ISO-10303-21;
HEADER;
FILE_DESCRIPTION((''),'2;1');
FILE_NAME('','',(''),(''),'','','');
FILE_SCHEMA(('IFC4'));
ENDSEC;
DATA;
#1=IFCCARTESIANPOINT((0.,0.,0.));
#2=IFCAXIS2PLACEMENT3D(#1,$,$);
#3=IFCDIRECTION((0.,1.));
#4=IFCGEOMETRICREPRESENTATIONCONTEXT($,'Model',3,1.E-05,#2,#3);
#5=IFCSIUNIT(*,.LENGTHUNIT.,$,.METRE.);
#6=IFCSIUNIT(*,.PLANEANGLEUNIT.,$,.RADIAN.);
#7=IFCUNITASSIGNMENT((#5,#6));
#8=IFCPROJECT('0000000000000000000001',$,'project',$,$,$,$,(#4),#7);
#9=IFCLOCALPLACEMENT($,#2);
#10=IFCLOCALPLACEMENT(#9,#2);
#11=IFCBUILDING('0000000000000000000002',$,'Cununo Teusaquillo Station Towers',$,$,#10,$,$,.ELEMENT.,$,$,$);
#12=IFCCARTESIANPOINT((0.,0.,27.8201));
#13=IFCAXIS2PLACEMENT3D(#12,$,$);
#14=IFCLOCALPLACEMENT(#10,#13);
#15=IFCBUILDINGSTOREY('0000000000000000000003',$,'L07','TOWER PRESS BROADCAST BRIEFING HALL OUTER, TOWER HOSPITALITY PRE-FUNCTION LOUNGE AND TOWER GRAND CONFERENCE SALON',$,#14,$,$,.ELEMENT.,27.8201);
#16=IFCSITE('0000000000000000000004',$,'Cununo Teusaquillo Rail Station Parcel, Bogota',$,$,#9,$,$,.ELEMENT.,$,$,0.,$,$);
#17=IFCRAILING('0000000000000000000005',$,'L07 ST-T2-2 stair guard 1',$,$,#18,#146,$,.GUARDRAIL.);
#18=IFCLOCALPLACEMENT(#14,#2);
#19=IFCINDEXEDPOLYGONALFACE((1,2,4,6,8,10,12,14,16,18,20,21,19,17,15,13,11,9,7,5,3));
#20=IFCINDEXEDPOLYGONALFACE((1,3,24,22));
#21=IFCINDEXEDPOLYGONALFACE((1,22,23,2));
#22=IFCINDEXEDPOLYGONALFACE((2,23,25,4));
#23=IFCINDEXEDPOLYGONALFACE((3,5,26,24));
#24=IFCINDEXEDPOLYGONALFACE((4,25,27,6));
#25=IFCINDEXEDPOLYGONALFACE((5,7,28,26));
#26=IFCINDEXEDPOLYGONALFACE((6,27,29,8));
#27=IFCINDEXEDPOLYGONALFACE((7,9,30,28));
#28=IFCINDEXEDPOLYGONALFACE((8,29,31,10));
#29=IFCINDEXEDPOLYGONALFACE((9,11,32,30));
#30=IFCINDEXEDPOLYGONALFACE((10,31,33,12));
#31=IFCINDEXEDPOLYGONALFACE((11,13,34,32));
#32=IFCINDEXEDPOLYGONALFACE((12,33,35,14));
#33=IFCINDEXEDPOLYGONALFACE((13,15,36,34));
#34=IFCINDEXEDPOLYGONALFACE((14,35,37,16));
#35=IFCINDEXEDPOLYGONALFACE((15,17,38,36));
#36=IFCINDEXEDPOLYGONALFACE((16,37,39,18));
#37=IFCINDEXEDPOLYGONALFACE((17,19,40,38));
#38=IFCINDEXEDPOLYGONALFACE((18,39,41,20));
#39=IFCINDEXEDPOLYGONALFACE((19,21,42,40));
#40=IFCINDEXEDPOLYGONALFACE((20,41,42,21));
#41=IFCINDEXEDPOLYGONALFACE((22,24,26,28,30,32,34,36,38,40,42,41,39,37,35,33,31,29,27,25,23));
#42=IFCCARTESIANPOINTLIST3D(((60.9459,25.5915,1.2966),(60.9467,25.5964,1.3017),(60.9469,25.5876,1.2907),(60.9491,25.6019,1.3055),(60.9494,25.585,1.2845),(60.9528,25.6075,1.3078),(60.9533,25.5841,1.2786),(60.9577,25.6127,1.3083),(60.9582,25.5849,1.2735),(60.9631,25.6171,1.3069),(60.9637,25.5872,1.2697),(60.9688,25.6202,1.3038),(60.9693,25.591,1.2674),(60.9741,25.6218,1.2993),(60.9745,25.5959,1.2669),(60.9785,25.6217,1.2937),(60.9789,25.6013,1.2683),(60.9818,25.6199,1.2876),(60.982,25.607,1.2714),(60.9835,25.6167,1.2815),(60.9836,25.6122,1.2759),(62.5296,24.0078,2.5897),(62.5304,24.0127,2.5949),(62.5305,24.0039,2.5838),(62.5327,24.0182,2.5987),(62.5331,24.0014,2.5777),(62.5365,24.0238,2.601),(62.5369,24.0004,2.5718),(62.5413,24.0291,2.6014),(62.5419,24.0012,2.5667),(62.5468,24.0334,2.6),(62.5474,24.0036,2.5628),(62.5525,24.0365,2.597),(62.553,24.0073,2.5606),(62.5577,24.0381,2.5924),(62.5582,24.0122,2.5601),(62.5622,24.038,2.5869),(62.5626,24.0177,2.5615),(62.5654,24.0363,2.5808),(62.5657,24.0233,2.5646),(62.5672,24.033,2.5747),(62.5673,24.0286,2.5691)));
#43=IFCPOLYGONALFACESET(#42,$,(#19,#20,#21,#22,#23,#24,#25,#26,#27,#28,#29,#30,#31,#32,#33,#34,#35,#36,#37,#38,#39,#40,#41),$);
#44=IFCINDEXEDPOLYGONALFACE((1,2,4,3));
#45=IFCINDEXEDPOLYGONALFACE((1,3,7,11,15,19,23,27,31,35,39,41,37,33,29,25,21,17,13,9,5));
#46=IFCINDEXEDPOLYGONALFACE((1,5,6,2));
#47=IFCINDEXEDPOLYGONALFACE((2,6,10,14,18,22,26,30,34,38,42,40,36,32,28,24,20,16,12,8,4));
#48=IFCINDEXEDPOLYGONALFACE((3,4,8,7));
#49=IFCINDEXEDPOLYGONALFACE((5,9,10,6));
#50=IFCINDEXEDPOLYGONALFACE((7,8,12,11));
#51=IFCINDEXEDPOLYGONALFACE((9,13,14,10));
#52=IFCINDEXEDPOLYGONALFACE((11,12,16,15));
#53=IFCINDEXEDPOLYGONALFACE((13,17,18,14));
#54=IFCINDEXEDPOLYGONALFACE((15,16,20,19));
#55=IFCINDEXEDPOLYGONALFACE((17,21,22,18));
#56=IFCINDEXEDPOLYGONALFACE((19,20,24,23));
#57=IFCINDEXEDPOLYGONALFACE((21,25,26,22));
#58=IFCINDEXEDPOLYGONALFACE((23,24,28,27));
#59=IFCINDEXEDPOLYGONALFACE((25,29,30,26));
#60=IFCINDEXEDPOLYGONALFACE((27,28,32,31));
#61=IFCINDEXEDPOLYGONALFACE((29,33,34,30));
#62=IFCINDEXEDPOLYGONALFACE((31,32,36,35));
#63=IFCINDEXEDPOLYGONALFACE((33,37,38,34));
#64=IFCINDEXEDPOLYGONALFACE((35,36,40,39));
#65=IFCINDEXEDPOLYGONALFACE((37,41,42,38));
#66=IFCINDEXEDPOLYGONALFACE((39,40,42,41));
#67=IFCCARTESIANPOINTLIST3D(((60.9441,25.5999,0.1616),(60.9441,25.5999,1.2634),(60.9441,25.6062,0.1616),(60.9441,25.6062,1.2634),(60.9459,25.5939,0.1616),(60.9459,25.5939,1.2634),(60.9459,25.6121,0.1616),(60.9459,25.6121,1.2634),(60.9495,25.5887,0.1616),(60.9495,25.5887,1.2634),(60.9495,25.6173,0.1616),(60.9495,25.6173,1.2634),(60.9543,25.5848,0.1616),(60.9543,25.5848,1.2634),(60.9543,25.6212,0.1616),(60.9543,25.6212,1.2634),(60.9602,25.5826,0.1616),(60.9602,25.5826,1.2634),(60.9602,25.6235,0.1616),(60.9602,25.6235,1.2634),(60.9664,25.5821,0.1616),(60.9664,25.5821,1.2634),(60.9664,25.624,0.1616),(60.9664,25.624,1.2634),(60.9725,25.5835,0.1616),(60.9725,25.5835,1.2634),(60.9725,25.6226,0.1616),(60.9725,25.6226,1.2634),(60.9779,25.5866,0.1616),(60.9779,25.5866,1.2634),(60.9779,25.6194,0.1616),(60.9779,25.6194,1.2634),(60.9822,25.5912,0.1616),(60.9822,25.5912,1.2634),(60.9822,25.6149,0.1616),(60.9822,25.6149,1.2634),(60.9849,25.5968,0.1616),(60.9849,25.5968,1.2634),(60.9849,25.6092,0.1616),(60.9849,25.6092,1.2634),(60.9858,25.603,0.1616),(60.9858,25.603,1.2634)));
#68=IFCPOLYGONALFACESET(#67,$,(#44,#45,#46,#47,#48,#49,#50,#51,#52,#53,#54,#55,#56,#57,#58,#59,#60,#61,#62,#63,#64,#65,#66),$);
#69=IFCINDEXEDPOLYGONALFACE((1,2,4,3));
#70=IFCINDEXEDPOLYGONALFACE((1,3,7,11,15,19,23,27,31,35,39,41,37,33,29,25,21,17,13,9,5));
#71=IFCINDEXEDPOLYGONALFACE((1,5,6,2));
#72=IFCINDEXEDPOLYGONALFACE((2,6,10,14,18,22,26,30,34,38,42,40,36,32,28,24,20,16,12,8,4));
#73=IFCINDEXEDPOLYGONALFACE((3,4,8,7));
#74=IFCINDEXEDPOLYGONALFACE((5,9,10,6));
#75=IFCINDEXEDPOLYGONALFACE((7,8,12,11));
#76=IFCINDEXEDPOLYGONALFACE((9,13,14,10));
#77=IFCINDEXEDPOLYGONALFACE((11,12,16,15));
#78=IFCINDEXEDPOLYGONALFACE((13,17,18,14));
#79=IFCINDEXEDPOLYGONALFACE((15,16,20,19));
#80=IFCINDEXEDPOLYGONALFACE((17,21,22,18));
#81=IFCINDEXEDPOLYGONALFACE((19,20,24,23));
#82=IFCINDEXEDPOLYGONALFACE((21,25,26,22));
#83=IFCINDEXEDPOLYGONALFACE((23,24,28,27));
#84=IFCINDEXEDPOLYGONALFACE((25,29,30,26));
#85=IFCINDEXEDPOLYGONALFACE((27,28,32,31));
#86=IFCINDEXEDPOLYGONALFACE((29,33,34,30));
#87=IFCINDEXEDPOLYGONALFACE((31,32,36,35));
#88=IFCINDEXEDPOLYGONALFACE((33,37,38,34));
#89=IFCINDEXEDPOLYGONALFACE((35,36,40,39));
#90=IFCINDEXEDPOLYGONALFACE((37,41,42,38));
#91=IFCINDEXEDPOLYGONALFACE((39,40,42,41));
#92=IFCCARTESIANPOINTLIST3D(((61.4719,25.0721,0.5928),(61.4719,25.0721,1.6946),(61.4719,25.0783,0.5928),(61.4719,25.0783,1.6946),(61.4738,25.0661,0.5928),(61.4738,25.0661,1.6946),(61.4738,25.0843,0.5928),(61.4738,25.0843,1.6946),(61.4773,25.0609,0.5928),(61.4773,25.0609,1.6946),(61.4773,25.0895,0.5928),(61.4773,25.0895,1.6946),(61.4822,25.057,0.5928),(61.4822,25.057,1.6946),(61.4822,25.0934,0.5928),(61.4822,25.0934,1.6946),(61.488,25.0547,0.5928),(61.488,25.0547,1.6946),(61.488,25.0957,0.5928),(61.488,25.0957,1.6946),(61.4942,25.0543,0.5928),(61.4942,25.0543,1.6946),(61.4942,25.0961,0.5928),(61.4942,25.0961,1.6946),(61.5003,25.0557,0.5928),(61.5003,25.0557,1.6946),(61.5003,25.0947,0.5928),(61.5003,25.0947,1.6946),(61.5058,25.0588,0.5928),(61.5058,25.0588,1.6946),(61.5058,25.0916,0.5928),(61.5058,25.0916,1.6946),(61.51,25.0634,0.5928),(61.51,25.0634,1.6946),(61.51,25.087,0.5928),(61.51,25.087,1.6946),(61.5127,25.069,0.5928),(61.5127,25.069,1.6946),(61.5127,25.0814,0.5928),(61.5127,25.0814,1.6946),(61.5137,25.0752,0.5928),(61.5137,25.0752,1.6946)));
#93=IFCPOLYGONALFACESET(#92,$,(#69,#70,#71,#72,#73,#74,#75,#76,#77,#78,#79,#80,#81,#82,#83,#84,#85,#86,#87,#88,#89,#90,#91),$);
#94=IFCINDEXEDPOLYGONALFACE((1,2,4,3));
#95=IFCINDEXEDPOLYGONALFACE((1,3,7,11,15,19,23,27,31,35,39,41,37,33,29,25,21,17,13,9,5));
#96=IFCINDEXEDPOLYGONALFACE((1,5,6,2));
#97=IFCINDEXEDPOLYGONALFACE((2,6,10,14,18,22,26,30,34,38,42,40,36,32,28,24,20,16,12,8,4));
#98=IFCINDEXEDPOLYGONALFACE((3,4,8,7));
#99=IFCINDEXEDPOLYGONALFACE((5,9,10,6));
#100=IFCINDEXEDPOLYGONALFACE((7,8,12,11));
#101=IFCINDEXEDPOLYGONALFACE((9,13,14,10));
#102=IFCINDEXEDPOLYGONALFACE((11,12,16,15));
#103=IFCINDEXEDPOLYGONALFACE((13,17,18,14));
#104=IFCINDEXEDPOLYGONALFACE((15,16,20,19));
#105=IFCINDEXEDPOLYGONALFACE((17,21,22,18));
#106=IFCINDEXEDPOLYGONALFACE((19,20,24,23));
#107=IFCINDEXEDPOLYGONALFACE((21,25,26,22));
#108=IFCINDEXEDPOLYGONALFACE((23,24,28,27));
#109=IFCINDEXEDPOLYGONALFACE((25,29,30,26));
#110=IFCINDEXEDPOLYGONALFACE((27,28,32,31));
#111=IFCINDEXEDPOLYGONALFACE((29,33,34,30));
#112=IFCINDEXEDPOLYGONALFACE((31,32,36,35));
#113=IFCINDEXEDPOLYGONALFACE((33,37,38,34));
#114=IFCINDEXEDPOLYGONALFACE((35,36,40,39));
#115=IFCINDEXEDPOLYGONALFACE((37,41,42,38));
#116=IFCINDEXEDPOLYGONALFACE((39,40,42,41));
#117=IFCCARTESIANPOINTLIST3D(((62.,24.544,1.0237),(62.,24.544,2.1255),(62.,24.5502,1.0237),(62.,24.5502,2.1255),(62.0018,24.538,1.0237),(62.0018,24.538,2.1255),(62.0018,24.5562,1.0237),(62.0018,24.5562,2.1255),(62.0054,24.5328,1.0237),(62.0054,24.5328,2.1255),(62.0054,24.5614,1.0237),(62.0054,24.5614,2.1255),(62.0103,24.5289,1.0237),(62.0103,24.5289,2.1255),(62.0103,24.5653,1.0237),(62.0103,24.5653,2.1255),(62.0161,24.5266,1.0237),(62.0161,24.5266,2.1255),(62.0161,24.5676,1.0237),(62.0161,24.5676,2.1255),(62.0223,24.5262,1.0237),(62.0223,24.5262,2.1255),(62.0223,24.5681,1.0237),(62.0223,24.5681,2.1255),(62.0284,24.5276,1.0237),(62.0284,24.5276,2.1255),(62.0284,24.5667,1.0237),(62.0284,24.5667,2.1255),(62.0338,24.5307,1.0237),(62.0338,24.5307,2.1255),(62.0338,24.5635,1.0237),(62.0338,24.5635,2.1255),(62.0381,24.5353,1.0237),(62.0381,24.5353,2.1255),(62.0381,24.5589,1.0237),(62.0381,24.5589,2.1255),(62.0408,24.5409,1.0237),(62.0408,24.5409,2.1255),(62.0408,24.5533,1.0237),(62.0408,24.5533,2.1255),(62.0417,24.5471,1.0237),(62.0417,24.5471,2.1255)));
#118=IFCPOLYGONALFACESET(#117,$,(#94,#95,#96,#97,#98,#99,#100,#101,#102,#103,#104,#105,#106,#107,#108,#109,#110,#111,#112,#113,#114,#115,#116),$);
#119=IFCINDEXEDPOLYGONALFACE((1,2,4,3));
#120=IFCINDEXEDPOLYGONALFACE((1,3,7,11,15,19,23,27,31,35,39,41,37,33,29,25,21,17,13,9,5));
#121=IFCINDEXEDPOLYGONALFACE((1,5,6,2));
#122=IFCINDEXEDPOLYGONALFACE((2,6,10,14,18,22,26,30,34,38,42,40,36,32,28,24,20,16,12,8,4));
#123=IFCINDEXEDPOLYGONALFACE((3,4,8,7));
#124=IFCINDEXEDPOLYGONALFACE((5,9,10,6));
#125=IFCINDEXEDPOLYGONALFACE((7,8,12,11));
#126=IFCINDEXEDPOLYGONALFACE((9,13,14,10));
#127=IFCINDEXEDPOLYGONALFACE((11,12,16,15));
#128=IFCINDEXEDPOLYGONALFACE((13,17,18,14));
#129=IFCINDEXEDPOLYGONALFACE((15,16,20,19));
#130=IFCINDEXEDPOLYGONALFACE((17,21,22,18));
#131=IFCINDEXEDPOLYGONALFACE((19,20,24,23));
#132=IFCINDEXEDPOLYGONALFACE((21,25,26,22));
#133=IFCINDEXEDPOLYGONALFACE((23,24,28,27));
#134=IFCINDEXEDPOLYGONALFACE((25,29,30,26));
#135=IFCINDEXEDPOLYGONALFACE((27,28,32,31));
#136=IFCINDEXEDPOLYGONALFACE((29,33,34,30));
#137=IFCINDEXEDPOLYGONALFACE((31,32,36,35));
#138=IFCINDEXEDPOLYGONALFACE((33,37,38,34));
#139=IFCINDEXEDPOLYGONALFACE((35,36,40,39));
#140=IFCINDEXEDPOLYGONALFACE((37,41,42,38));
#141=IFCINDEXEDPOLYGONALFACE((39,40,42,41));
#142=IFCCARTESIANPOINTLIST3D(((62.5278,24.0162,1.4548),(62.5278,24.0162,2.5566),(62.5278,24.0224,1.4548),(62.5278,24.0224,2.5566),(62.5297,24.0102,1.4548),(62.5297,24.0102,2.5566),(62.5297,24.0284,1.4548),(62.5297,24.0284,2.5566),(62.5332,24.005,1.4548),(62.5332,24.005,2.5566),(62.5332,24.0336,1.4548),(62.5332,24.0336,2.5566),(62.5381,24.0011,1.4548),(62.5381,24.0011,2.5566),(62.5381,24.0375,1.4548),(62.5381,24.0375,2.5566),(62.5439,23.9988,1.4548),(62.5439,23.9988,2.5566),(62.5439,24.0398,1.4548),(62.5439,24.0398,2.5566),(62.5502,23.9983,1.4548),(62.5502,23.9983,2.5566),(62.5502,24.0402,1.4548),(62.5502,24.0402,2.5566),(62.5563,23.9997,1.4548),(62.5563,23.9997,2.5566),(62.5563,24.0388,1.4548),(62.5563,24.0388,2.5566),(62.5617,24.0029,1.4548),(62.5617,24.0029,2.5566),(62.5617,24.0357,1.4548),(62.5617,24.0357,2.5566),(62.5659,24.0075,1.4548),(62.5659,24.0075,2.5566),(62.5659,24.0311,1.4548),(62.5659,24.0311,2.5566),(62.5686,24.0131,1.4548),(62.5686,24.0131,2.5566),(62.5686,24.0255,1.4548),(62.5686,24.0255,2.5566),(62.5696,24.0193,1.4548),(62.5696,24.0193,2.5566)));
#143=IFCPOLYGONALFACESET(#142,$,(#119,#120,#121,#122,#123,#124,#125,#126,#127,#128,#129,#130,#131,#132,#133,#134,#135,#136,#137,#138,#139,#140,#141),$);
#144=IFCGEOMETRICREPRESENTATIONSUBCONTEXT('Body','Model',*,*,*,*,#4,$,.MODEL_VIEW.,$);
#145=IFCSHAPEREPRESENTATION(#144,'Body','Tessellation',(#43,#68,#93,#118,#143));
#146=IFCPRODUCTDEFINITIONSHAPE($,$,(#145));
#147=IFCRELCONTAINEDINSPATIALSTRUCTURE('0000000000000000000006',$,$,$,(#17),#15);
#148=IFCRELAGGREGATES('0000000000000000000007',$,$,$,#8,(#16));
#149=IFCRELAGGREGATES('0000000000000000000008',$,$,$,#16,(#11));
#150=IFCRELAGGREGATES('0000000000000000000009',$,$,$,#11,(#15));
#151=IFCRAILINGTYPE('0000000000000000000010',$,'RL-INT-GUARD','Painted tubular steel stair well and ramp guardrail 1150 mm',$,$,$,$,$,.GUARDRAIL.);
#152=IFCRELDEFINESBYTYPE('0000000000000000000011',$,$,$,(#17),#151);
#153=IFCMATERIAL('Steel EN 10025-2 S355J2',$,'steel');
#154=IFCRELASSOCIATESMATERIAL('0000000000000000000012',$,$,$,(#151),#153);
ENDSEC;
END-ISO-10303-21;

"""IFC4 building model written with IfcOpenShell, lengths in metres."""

from ifc_helpers import new_model, si_unit, direction, frame, origin, origin_2d, place, context, subcontext, project, spatial, circle, extrude, material, type_object, element, save


model = new_model("IFC4")

# Units and contexts
model_context = context("Model", 3, precision=1e-05, world=origin(), true_north=direction((0.0, 1.0)))
body_context = subcontext(model_context, "Body", "Model", "MODEL_VIEW")
ifc_project = project(units=[si_unit("LENGTHUNIT", "METRE"), si_unit("PLANEANGLEUNIT", "RADIAN")], contexts=[model_context])

# Site, building, storey
site_placement = place(None, origin())
site = spatial("IfcSite", under=ifc_project, at=site_placement, Name="Cununo Teusaquillo Rail Station Parcel, Bogota", CompositionType="ELEMENT", RefElevation=0.0)
building_placement = place(site_placement, origin())
building = spatial("IfcBuilding", under=site, at=building_placement, Name="Cununo Teusaquillo Station Towers", CompositionType="ELEMENT")
storey_placement = place(building_placement, frame((0.0, 0.0, 27.8201)))
storey = spatial("IfcBuildingStorey", under=building, at=storey_placement, Name="L07", Description="TOWER PRESS BROADCAST BRIEFING HALL OUTER, TOWER HOSPITALITY PRE-FUNCTION LOUNGE AND TOWER GRAND CONFERENCE SALON", CompositionType="ELEMENT", Elevation=27.8201)

# Railing
ifc_material_1 = material(Name="Steel EN 10025-2 S355J2", Category="steel")
railing_type_1 = type_object("IfcRailingType", Name="RL-INT-GUARD", Description="Painted tubular steel stair well and ramp guardrail 1150 mm", PredefinedType="GUARDRAIL", material=ifc_material_1)
railing_1_placement = place(storey_placement, frame((60.9648, 25.603, 0.1616)))
element("IfcRailing", 1, at=railing_1_placement, inside=storey, type_object=railing_type_1, Name="L07 ST-T2-2 stair guard 1", PredefinedType="GUARDRAIL", context=body_context, shape_type="SweptSolid", body=[
    extrude(circle(Radius=0.0239, at=origin_2d()), frame((0.0, 0.0, 1.126), z_axis=(0.612361, -0.612361, 0.500027), x_axis=(0.707107, 0.707107, 0.0)), (0.0, 0.0, 1.0), 2.5862),
    extrude(circle(Radius=0.021, at=origin_2d()), origin(), (0.0, 0.0, 1.0), 1.1018),
    extrude(circle(Radius=0.021, at=origin_2d()), frame((0.5278, -0.5278, 0.4312)), (0.0, 0.0, 1.0), 1.1018),
    extrude(circle(Radius=0.021, at=origin_2d()), frame((1.0559, -1.0559, 0.8621)), (0.0, 0.0, 1.0), 1.1018),
    extrude(circle(Radius=0.021, at=origin_2d()), frame((1.5837, -1.5837, 1.2932)), (0.0, 0.0, 1.0), 1.1018),
])

save(model, "model.ifc")
